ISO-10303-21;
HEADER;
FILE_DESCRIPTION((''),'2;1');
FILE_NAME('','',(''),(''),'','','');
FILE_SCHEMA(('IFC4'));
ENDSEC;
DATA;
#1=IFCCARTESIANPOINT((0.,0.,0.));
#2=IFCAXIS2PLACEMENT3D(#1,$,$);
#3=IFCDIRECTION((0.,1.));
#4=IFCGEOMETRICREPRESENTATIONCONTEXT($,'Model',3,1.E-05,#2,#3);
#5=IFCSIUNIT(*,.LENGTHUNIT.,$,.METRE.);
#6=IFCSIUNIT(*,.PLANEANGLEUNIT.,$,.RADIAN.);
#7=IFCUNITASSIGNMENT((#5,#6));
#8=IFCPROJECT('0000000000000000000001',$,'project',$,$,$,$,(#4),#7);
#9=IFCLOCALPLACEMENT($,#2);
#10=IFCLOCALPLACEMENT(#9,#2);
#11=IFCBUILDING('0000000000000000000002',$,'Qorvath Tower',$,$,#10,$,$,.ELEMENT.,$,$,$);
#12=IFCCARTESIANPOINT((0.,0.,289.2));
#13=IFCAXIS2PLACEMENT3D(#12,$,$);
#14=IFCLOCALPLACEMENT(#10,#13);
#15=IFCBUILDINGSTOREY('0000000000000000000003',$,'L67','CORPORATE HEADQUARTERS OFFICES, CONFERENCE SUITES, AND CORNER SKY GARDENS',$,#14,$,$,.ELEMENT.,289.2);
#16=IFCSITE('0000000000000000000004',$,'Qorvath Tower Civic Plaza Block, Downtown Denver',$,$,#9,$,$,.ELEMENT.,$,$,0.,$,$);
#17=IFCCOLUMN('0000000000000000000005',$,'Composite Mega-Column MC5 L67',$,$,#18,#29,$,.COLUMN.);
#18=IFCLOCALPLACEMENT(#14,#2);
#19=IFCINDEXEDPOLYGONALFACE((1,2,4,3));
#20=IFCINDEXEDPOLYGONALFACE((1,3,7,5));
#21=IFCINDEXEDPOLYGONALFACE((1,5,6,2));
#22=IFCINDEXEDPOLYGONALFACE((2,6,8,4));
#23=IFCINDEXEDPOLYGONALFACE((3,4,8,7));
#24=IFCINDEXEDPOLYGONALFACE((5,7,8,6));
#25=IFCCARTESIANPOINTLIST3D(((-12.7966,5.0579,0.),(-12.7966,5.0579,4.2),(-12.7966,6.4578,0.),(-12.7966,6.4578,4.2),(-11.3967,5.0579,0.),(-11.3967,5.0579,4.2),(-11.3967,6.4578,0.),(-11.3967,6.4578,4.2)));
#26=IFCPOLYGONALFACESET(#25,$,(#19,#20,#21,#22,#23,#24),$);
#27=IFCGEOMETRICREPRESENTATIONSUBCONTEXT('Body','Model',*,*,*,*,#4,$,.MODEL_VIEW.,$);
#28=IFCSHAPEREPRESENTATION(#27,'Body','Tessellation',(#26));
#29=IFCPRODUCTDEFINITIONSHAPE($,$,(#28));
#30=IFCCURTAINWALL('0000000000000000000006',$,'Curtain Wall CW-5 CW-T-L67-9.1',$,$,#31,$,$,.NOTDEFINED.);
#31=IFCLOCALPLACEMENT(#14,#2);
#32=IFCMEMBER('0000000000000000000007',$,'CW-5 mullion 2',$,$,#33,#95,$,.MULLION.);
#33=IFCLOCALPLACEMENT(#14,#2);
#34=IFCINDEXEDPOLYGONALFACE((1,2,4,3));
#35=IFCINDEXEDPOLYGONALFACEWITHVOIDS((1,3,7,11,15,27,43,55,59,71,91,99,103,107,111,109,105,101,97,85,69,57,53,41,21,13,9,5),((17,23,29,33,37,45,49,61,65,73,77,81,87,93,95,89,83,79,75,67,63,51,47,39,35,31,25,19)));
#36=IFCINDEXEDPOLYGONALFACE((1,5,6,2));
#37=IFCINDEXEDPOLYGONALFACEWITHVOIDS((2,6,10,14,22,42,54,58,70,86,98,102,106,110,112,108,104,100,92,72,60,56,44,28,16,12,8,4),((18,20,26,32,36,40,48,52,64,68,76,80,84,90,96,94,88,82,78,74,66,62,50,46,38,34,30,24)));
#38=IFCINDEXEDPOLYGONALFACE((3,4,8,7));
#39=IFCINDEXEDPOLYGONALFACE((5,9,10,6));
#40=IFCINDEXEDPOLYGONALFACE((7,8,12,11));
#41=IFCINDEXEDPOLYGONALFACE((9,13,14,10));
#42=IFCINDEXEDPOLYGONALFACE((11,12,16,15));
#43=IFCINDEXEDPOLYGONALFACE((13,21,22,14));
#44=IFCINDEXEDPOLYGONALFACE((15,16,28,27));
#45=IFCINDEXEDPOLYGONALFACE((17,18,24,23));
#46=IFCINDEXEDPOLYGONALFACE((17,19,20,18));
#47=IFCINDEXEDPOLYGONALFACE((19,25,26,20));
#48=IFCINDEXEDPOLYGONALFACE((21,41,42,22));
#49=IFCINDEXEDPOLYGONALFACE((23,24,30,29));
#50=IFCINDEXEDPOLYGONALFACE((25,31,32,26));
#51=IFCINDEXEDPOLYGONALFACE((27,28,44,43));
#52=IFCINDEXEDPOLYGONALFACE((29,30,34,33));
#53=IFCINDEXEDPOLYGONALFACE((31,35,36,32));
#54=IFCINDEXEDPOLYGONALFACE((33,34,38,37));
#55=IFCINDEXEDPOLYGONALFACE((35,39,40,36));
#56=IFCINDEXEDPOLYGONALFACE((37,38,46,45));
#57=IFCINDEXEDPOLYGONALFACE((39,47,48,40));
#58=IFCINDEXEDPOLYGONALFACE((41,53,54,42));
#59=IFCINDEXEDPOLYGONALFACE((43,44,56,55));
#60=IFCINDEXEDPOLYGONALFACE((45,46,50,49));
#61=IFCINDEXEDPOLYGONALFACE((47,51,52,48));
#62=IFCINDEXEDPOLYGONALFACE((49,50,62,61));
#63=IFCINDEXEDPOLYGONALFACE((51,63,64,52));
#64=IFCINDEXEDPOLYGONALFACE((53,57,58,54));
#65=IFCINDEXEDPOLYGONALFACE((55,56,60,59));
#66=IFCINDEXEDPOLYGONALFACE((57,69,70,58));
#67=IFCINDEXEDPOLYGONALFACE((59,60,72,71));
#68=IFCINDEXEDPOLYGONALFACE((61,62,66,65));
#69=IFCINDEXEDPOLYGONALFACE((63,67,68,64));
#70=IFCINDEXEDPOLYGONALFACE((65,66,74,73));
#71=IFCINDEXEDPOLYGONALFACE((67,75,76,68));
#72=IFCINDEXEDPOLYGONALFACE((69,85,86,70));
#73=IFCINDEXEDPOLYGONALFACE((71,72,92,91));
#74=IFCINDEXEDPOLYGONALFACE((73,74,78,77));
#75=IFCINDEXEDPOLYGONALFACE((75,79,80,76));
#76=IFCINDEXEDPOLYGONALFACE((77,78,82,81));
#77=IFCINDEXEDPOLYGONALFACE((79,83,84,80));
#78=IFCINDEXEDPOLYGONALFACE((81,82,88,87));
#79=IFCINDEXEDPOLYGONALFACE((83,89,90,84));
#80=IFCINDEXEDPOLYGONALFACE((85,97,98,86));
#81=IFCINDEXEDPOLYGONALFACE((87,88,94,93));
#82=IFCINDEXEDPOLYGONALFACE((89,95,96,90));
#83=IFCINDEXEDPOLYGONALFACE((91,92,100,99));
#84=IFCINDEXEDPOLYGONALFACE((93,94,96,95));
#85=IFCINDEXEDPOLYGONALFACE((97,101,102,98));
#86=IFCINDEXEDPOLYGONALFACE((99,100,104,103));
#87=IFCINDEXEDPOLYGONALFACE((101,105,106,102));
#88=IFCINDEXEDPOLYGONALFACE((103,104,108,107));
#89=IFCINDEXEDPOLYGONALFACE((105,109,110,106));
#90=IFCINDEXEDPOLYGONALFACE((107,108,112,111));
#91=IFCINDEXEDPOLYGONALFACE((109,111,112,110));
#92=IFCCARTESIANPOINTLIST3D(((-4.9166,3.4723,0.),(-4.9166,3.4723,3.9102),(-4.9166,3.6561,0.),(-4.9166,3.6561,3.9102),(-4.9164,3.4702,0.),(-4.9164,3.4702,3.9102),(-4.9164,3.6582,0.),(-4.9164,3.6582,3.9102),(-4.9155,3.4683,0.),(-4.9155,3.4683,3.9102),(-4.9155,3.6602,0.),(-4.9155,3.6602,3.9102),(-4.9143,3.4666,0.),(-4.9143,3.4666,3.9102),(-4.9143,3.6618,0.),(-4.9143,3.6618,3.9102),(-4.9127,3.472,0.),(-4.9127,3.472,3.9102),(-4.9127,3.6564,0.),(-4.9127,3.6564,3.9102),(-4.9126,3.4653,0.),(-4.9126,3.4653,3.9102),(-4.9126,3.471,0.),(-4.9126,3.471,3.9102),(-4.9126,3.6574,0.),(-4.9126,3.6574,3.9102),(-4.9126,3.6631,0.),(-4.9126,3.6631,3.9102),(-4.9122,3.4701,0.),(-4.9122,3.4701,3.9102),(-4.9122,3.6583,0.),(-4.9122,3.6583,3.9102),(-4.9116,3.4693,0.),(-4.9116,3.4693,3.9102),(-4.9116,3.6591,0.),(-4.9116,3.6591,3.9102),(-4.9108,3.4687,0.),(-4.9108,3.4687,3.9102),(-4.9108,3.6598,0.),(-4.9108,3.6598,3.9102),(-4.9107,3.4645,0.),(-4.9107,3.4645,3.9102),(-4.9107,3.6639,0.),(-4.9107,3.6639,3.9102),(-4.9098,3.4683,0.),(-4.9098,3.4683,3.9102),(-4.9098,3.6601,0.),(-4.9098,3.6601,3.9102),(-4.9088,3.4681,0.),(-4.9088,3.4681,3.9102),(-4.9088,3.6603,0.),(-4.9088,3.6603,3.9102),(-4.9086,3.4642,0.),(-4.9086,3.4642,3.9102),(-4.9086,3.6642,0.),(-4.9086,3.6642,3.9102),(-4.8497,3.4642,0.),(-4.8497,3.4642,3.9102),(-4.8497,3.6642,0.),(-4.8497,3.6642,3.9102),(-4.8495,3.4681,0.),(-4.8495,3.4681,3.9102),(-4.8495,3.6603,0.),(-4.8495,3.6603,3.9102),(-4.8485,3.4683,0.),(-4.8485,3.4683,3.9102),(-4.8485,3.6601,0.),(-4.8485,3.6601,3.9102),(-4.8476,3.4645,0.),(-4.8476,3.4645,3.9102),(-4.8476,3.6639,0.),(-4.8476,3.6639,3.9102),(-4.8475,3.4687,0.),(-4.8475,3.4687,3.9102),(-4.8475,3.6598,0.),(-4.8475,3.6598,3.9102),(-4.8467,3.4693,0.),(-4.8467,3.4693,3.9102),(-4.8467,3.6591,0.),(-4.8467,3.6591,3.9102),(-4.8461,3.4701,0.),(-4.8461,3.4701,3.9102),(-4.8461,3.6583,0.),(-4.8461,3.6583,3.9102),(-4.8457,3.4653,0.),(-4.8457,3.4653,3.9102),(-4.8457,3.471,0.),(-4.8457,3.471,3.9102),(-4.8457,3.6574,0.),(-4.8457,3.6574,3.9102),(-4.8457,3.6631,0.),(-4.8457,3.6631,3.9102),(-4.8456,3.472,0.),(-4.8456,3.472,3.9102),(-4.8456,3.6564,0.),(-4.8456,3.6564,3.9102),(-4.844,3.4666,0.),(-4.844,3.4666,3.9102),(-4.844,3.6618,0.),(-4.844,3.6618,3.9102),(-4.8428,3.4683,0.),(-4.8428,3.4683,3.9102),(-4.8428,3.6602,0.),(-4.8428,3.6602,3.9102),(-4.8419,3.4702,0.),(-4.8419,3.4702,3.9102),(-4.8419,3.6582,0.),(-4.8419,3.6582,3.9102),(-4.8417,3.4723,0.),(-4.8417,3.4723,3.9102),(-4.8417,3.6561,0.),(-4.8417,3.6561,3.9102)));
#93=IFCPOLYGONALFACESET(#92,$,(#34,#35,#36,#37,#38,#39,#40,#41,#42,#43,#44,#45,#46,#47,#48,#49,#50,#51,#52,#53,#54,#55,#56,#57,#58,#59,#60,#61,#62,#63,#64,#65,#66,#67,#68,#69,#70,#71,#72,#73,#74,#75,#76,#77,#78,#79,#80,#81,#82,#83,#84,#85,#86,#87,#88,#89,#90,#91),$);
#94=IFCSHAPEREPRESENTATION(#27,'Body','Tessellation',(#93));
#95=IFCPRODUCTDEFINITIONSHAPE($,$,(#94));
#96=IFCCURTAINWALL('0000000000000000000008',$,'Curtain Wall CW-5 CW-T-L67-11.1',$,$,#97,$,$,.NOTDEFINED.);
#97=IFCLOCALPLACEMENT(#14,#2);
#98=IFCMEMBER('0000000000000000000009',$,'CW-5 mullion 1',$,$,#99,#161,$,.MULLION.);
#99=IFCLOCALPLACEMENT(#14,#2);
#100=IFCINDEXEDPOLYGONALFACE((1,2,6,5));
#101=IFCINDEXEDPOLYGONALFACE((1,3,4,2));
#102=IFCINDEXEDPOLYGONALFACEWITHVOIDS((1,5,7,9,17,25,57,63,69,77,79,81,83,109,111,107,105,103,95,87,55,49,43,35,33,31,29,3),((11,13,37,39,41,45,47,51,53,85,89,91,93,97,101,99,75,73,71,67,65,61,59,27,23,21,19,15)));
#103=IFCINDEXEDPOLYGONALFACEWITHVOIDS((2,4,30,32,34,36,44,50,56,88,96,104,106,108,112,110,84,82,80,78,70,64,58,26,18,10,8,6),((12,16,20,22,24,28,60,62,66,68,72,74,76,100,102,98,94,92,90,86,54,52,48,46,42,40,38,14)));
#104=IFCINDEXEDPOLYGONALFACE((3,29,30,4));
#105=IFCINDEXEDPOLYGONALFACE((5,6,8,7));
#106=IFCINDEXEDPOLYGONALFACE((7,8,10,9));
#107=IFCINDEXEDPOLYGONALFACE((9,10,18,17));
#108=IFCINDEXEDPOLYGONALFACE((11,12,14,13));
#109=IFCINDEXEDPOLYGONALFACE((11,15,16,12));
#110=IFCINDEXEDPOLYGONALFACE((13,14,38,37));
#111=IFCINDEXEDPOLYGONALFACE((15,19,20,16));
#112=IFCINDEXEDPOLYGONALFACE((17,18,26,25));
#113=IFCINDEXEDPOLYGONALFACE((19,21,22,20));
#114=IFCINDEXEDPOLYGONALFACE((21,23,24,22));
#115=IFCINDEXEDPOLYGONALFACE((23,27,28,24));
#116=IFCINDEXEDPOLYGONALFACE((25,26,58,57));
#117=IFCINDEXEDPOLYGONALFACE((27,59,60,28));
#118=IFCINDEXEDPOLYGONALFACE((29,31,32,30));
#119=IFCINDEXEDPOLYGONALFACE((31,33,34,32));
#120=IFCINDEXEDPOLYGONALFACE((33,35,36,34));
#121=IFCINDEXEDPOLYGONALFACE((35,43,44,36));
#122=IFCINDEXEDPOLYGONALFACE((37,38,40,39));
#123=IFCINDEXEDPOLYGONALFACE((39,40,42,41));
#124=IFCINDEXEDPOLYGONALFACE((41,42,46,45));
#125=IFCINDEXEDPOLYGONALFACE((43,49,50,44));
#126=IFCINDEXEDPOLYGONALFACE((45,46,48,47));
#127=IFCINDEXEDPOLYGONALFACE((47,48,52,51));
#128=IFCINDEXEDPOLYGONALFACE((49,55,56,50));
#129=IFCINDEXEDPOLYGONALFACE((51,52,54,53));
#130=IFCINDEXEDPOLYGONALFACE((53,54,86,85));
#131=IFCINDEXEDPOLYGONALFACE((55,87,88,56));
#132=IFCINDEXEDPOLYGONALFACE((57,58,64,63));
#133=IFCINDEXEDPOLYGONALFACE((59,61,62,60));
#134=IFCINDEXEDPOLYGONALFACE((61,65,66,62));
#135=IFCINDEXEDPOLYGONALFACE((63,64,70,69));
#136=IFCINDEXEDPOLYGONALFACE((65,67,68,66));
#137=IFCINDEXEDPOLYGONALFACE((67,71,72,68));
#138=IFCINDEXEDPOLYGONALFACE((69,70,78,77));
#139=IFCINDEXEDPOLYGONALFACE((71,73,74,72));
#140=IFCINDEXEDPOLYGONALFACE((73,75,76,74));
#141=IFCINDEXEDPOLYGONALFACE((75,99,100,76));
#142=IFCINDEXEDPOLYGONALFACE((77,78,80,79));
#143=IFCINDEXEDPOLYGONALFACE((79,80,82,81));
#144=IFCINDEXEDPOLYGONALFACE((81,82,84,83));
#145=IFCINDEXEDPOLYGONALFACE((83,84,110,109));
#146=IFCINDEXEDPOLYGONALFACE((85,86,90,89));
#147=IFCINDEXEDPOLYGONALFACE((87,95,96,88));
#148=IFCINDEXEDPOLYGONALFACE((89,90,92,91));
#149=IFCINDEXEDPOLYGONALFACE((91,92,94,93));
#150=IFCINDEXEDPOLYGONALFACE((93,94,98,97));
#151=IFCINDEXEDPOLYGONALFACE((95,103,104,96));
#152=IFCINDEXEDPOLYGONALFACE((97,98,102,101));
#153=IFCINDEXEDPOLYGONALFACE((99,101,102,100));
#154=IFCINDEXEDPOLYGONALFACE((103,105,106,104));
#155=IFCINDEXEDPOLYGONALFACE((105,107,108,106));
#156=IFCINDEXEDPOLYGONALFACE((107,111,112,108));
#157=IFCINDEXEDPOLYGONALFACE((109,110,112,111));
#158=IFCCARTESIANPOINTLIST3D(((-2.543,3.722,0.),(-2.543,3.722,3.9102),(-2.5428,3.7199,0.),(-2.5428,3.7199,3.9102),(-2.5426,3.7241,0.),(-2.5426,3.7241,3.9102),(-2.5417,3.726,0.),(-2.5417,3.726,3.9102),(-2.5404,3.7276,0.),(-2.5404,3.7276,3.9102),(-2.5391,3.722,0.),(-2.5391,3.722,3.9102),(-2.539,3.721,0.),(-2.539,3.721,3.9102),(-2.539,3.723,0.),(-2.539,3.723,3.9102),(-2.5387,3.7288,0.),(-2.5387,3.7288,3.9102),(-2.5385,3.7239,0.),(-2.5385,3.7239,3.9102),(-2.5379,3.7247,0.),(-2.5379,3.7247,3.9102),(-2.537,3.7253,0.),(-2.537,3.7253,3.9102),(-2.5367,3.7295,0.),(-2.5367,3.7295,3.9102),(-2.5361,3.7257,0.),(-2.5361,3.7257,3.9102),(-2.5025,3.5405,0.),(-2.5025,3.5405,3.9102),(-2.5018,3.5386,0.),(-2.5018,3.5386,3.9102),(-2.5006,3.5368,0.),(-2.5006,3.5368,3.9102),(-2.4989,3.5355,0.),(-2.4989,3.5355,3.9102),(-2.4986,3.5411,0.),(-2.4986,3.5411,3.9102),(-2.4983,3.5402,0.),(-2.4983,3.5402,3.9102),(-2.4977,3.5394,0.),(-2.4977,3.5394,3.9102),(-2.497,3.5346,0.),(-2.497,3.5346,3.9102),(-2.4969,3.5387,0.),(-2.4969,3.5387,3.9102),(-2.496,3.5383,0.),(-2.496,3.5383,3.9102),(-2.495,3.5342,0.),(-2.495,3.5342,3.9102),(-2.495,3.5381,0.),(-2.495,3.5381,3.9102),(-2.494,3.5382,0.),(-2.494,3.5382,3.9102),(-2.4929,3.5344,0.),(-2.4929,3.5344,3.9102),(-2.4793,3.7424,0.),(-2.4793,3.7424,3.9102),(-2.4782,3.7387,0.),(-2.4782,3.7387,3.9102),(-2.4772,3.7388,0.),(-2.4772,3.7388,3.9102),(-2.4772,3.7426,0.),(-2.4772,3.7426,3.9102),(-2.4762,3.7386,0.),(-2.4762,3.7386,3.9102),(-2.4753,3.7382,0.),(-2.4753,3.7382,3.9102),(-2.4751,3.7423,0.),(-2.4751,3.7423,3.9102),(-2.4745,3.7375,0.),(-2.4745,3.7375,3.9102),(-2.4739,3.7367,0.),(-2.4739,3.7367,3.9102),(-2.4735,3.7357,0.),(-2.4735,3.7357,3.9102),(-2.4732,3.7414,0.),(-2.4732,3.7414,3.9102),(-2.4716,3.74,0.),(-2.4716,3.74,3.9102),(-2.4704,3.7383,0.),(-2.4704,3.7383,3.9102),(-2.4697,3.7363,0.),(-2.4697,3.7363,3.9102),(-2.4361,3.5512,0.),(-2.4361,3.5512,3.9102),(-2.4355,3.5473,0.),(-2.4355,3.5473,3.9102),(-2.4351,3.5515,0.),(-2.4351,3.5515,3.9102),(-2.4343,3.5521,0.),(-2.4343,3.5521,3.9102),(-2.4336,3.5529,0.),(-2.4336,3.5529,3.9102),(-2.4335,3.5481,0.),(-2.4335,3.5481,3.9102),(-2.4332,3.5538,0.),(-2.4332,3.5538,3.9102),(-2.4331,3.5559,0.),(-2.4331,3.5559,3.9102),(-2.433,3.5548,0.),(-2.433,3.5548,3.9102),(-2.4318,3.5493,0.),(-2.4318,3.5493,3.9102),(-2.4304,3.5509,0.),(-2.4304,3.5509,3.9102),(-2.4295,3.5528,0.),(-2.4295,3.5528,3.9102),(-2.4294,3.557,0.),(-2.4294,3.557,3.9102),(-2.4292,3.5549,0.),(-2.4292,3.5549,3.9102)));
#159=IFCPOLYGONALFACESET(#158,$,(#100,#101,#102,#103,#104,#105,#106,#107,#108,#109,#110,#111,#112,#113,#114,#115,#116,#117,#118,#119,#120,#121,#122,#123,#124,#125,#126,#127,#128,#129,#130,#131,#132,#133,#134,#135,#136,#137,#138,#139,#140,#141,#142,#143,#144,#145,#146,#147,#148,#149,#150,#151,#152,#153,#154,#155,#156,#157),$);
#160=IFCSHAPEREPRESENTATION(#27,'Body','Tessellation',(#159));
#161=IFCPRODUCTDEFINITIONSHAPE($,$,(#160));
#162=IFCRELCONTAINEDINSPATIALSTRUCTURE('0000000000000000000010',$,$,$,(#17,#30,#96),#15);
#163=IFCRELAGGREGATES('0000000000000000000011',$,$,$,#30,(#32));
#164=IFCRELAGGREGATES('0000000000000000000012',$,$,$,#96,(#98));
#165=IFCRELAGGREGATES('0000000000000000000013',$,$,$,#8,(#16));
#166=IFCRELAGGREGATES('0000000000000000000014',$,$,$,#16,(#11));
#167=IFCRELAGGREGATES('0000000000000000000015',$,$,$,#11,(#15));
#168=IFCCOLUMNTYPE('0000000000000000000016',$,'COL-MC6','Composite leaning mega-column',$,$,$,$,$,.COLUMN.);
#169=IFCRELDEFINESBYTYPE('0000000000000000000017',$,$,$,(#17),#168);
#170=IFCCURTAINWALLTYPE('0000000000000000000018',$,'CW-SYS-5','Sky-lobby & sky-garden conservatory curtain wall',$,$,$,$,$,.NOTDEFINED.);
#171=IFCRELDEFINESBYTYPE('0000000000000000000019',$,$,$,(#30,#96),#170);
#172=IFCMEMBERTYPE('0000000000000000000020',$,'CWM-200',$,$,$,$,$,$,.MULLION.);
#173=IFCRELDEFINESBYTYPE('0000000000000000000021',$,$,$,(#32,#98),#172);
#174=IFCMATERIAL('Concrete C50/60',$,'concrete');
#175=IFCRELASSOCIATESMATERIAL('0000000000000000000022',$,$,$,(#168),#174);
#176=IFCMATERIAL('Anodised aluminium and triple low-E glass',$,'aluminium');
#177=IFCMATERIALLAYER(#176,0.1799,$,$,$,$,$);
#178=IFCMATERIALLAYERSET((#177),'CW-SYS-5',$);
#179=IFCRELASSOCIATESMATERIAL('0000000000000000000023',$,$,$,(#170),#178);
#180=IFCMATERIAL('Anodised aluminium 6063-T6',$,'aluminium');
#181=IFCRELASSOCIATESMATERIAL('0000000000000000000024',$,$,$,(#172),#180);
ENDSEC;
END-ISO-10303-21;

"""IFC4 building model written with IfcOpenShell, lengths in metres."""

from ifc_helpers import new_model, si_unit, direction, frame, origin, origin_2d, place, context, subcontext, project, spatial, rectangle, hollow_rectangle, extrude, material, layer, layer_set, material_profile, profile_set, type_object, element, aggregate, save


model = new_model("IFC4")

# Units and contexts
model_context = context("Model", 3, precision=1e-05, world=origin(), true_north=direction((0.0, 1.0)))
body_context = subcontext(model_context, "Body", "Model", "MODEL_VIEW")
ifc_project = project(units=[si_unit("LENGTHUNIT", "METRE"), si_unit("PLANEANGLEUNIT", "RADIAN")], contexts=[model_context])

# Site, building, storey
site_placement = place(None, origin())
site = spatial("IfcSite", under=ifc_project, at=site_placement, Name="Qorvath Tower Civic Plaza Block, Downtown Denver", CompositionType="ELEMENT", RefElevation=0.0)
building_placement = place(site_placement, origin())
building = spatial("IfcBuilding", under=site, at=building_placement, Name="Qorvath Tower", CompositionType="ELEMENT")
storey_placement = place(building_placement, frame((0.0, 0.0, 289.2)))
storey = spatial("IfcBuildingStorey", under=building, at=storey_placement, Name="L67", Description="CORPORATE HEADQUARTERS OFFICES, CONFERENCE SUITES, AND CORNER SKY GARDENS", CompositionType="ELEMENT", Elevation=289.2)

# Column
ifc_material_1 = material(Name="Concrete C50/60", Category="concrete")
ifc_material_profile_1 = material_profile(ifc_material_1, rectangle(XDim=1.3999, YDim=1.3999, at=origin_2d()), Name="MC 1400x1400")
ifc_profile_set_1 = profile_set([ifc_material_profile_1], Name="Concrete C50/60")
column_type = type_object("IfcColumnType", Name="COL-MC6", Description="Composite leaning mega-column", PredefinedType="COLUMN", material=ifc_profile_set_1)
column_placement = place(storey_placement, frame((-12.0967, 5.7578, 0.0), z_axis=(0.0, 0.0, 1.0), x_axis=(1.0, 0.0, 0.0)))
element("IfcColumn", 1, at=column_placement, inside=storey, type_object=column_type, Name="Composite Mega-Column MC5 L67", PredefinedType="COLUMN", context=body_context, shape_type="SweptSolid", body=[
    extrude(rectangle(XDim=1.3999, YDim=1.3999, at=origin_2d()), origin(), (0.0, 0.0, 1.0), 4.2),
])

# Curtain wall, member
ifc_material_2 = material(Name="Anodised aluminium and triple low-E glass", Category="aluminium")
ifc_layer_1 = layer(ifc_material_2, 0.1799)
ifc_layer_set_1 = layer_set([ifc_layer_1], Name="CW-SYS-5")
curtain_wall_type = type_object("IfcCurtainWallType", Name="CW-SYS-5", Description="Sky-lobby & sky-garden conservatory curtain wall", PredefinedType="NOTDEFINED", material=ifc_layer_set_1)
curtain_wall_1_placement = place(storey_placement, origin())
curtain_wall_1 = element("IfcCurtainWall", 2, at=curtain_wall_1_placement, inside=storey, type_object=curtain_wall_type, Name="Curtain Wall CW-5 CW-T-L67-9.1", PredefinedType="NOTDEFINED")
ifc_material_3 = material(Name="Anodised aluminium 6063-T6", Category="aluminium")
ifc_material_profile_2 = material_profile(ifc_material_3, hollow_rectangle(XDim=0.075, YDim=0.2, WallThickness=0.0039, InnerFilletRadius=0.0039, OuterFilletRadius=0.0081, at=origin_2d()), Name="CWM 200x75")
ifc_profile_set_2 = profile_set([ifc_material_profile_2], Name="Anodised aluminium 6063-T6")
member_type_1 = type_object("IfcMemberType", Name="CWM-200", PredefinedType="MULLION", material=ifc_profile_set_2)
member_1_placement = place(storey_placement, frame((-4.8792, 3.5642, 0.0), z_axis=(0.0, 0.0, 1.0), x_axis=(-1.0, 0.0, 0.0)))
member_1 = element("IfcMember", 3, at=member_1_placement, type_object=member_type_1, Name="CW-5 mullion 2", PredefinedType="MULLION", context=body_context, shape_type="SweptSolid", body=[
    extrude(hollow_rectangle(XDim=0.075, YDim=0.2, WallThickness=0.0039, InnerFilletRadius=0.0039, OuterFilletRadius=0.0081, at=origin_2d()), origin(), (0.0, 0.0, 1.0), 3.9102),
])
aggregate(curtain_wall_1, [member_1])

# Curtain wall, member
curtain_wall_2_placement = place(storey_placement, origin())
curtain_wall_2 = element("IfcCurtainWall", 4, at=curtain_wall_2_placement, inside=storey, type_object=curtain_wall_type, Name="Curtain Wall CW-5 CW-T-L67-11.1", PredefinedType="NOTDEFINED")
member_2_placement = place(storey_placement, frame((-2.4861, 3.6384, 0.0), z_axis=(0.0, 0.0, 1.0), x_axis=(-0.97568, -0.219199, 0.0)))
member_2 = element("IfcMember", 5, at=member_2_placement, type_object=member_type_1, Name="CW-5 mullion 1", PredefinedType="MULLION", context=body_context, shape_type="SweptSolid", body=[
    extrude(hollow_rectangle(XDim=0.075, YDim=0.2, WallThickness=0.0039, InnerFilletRadius=0.0039, OuterFilletRadius=0.0081, at=origin_2d()), origin(), (0.0, 0.0, 1.0), 3.9102),
])
aggregate(curtain_wall_2, [member_2])

save(model, "model.ifc")
